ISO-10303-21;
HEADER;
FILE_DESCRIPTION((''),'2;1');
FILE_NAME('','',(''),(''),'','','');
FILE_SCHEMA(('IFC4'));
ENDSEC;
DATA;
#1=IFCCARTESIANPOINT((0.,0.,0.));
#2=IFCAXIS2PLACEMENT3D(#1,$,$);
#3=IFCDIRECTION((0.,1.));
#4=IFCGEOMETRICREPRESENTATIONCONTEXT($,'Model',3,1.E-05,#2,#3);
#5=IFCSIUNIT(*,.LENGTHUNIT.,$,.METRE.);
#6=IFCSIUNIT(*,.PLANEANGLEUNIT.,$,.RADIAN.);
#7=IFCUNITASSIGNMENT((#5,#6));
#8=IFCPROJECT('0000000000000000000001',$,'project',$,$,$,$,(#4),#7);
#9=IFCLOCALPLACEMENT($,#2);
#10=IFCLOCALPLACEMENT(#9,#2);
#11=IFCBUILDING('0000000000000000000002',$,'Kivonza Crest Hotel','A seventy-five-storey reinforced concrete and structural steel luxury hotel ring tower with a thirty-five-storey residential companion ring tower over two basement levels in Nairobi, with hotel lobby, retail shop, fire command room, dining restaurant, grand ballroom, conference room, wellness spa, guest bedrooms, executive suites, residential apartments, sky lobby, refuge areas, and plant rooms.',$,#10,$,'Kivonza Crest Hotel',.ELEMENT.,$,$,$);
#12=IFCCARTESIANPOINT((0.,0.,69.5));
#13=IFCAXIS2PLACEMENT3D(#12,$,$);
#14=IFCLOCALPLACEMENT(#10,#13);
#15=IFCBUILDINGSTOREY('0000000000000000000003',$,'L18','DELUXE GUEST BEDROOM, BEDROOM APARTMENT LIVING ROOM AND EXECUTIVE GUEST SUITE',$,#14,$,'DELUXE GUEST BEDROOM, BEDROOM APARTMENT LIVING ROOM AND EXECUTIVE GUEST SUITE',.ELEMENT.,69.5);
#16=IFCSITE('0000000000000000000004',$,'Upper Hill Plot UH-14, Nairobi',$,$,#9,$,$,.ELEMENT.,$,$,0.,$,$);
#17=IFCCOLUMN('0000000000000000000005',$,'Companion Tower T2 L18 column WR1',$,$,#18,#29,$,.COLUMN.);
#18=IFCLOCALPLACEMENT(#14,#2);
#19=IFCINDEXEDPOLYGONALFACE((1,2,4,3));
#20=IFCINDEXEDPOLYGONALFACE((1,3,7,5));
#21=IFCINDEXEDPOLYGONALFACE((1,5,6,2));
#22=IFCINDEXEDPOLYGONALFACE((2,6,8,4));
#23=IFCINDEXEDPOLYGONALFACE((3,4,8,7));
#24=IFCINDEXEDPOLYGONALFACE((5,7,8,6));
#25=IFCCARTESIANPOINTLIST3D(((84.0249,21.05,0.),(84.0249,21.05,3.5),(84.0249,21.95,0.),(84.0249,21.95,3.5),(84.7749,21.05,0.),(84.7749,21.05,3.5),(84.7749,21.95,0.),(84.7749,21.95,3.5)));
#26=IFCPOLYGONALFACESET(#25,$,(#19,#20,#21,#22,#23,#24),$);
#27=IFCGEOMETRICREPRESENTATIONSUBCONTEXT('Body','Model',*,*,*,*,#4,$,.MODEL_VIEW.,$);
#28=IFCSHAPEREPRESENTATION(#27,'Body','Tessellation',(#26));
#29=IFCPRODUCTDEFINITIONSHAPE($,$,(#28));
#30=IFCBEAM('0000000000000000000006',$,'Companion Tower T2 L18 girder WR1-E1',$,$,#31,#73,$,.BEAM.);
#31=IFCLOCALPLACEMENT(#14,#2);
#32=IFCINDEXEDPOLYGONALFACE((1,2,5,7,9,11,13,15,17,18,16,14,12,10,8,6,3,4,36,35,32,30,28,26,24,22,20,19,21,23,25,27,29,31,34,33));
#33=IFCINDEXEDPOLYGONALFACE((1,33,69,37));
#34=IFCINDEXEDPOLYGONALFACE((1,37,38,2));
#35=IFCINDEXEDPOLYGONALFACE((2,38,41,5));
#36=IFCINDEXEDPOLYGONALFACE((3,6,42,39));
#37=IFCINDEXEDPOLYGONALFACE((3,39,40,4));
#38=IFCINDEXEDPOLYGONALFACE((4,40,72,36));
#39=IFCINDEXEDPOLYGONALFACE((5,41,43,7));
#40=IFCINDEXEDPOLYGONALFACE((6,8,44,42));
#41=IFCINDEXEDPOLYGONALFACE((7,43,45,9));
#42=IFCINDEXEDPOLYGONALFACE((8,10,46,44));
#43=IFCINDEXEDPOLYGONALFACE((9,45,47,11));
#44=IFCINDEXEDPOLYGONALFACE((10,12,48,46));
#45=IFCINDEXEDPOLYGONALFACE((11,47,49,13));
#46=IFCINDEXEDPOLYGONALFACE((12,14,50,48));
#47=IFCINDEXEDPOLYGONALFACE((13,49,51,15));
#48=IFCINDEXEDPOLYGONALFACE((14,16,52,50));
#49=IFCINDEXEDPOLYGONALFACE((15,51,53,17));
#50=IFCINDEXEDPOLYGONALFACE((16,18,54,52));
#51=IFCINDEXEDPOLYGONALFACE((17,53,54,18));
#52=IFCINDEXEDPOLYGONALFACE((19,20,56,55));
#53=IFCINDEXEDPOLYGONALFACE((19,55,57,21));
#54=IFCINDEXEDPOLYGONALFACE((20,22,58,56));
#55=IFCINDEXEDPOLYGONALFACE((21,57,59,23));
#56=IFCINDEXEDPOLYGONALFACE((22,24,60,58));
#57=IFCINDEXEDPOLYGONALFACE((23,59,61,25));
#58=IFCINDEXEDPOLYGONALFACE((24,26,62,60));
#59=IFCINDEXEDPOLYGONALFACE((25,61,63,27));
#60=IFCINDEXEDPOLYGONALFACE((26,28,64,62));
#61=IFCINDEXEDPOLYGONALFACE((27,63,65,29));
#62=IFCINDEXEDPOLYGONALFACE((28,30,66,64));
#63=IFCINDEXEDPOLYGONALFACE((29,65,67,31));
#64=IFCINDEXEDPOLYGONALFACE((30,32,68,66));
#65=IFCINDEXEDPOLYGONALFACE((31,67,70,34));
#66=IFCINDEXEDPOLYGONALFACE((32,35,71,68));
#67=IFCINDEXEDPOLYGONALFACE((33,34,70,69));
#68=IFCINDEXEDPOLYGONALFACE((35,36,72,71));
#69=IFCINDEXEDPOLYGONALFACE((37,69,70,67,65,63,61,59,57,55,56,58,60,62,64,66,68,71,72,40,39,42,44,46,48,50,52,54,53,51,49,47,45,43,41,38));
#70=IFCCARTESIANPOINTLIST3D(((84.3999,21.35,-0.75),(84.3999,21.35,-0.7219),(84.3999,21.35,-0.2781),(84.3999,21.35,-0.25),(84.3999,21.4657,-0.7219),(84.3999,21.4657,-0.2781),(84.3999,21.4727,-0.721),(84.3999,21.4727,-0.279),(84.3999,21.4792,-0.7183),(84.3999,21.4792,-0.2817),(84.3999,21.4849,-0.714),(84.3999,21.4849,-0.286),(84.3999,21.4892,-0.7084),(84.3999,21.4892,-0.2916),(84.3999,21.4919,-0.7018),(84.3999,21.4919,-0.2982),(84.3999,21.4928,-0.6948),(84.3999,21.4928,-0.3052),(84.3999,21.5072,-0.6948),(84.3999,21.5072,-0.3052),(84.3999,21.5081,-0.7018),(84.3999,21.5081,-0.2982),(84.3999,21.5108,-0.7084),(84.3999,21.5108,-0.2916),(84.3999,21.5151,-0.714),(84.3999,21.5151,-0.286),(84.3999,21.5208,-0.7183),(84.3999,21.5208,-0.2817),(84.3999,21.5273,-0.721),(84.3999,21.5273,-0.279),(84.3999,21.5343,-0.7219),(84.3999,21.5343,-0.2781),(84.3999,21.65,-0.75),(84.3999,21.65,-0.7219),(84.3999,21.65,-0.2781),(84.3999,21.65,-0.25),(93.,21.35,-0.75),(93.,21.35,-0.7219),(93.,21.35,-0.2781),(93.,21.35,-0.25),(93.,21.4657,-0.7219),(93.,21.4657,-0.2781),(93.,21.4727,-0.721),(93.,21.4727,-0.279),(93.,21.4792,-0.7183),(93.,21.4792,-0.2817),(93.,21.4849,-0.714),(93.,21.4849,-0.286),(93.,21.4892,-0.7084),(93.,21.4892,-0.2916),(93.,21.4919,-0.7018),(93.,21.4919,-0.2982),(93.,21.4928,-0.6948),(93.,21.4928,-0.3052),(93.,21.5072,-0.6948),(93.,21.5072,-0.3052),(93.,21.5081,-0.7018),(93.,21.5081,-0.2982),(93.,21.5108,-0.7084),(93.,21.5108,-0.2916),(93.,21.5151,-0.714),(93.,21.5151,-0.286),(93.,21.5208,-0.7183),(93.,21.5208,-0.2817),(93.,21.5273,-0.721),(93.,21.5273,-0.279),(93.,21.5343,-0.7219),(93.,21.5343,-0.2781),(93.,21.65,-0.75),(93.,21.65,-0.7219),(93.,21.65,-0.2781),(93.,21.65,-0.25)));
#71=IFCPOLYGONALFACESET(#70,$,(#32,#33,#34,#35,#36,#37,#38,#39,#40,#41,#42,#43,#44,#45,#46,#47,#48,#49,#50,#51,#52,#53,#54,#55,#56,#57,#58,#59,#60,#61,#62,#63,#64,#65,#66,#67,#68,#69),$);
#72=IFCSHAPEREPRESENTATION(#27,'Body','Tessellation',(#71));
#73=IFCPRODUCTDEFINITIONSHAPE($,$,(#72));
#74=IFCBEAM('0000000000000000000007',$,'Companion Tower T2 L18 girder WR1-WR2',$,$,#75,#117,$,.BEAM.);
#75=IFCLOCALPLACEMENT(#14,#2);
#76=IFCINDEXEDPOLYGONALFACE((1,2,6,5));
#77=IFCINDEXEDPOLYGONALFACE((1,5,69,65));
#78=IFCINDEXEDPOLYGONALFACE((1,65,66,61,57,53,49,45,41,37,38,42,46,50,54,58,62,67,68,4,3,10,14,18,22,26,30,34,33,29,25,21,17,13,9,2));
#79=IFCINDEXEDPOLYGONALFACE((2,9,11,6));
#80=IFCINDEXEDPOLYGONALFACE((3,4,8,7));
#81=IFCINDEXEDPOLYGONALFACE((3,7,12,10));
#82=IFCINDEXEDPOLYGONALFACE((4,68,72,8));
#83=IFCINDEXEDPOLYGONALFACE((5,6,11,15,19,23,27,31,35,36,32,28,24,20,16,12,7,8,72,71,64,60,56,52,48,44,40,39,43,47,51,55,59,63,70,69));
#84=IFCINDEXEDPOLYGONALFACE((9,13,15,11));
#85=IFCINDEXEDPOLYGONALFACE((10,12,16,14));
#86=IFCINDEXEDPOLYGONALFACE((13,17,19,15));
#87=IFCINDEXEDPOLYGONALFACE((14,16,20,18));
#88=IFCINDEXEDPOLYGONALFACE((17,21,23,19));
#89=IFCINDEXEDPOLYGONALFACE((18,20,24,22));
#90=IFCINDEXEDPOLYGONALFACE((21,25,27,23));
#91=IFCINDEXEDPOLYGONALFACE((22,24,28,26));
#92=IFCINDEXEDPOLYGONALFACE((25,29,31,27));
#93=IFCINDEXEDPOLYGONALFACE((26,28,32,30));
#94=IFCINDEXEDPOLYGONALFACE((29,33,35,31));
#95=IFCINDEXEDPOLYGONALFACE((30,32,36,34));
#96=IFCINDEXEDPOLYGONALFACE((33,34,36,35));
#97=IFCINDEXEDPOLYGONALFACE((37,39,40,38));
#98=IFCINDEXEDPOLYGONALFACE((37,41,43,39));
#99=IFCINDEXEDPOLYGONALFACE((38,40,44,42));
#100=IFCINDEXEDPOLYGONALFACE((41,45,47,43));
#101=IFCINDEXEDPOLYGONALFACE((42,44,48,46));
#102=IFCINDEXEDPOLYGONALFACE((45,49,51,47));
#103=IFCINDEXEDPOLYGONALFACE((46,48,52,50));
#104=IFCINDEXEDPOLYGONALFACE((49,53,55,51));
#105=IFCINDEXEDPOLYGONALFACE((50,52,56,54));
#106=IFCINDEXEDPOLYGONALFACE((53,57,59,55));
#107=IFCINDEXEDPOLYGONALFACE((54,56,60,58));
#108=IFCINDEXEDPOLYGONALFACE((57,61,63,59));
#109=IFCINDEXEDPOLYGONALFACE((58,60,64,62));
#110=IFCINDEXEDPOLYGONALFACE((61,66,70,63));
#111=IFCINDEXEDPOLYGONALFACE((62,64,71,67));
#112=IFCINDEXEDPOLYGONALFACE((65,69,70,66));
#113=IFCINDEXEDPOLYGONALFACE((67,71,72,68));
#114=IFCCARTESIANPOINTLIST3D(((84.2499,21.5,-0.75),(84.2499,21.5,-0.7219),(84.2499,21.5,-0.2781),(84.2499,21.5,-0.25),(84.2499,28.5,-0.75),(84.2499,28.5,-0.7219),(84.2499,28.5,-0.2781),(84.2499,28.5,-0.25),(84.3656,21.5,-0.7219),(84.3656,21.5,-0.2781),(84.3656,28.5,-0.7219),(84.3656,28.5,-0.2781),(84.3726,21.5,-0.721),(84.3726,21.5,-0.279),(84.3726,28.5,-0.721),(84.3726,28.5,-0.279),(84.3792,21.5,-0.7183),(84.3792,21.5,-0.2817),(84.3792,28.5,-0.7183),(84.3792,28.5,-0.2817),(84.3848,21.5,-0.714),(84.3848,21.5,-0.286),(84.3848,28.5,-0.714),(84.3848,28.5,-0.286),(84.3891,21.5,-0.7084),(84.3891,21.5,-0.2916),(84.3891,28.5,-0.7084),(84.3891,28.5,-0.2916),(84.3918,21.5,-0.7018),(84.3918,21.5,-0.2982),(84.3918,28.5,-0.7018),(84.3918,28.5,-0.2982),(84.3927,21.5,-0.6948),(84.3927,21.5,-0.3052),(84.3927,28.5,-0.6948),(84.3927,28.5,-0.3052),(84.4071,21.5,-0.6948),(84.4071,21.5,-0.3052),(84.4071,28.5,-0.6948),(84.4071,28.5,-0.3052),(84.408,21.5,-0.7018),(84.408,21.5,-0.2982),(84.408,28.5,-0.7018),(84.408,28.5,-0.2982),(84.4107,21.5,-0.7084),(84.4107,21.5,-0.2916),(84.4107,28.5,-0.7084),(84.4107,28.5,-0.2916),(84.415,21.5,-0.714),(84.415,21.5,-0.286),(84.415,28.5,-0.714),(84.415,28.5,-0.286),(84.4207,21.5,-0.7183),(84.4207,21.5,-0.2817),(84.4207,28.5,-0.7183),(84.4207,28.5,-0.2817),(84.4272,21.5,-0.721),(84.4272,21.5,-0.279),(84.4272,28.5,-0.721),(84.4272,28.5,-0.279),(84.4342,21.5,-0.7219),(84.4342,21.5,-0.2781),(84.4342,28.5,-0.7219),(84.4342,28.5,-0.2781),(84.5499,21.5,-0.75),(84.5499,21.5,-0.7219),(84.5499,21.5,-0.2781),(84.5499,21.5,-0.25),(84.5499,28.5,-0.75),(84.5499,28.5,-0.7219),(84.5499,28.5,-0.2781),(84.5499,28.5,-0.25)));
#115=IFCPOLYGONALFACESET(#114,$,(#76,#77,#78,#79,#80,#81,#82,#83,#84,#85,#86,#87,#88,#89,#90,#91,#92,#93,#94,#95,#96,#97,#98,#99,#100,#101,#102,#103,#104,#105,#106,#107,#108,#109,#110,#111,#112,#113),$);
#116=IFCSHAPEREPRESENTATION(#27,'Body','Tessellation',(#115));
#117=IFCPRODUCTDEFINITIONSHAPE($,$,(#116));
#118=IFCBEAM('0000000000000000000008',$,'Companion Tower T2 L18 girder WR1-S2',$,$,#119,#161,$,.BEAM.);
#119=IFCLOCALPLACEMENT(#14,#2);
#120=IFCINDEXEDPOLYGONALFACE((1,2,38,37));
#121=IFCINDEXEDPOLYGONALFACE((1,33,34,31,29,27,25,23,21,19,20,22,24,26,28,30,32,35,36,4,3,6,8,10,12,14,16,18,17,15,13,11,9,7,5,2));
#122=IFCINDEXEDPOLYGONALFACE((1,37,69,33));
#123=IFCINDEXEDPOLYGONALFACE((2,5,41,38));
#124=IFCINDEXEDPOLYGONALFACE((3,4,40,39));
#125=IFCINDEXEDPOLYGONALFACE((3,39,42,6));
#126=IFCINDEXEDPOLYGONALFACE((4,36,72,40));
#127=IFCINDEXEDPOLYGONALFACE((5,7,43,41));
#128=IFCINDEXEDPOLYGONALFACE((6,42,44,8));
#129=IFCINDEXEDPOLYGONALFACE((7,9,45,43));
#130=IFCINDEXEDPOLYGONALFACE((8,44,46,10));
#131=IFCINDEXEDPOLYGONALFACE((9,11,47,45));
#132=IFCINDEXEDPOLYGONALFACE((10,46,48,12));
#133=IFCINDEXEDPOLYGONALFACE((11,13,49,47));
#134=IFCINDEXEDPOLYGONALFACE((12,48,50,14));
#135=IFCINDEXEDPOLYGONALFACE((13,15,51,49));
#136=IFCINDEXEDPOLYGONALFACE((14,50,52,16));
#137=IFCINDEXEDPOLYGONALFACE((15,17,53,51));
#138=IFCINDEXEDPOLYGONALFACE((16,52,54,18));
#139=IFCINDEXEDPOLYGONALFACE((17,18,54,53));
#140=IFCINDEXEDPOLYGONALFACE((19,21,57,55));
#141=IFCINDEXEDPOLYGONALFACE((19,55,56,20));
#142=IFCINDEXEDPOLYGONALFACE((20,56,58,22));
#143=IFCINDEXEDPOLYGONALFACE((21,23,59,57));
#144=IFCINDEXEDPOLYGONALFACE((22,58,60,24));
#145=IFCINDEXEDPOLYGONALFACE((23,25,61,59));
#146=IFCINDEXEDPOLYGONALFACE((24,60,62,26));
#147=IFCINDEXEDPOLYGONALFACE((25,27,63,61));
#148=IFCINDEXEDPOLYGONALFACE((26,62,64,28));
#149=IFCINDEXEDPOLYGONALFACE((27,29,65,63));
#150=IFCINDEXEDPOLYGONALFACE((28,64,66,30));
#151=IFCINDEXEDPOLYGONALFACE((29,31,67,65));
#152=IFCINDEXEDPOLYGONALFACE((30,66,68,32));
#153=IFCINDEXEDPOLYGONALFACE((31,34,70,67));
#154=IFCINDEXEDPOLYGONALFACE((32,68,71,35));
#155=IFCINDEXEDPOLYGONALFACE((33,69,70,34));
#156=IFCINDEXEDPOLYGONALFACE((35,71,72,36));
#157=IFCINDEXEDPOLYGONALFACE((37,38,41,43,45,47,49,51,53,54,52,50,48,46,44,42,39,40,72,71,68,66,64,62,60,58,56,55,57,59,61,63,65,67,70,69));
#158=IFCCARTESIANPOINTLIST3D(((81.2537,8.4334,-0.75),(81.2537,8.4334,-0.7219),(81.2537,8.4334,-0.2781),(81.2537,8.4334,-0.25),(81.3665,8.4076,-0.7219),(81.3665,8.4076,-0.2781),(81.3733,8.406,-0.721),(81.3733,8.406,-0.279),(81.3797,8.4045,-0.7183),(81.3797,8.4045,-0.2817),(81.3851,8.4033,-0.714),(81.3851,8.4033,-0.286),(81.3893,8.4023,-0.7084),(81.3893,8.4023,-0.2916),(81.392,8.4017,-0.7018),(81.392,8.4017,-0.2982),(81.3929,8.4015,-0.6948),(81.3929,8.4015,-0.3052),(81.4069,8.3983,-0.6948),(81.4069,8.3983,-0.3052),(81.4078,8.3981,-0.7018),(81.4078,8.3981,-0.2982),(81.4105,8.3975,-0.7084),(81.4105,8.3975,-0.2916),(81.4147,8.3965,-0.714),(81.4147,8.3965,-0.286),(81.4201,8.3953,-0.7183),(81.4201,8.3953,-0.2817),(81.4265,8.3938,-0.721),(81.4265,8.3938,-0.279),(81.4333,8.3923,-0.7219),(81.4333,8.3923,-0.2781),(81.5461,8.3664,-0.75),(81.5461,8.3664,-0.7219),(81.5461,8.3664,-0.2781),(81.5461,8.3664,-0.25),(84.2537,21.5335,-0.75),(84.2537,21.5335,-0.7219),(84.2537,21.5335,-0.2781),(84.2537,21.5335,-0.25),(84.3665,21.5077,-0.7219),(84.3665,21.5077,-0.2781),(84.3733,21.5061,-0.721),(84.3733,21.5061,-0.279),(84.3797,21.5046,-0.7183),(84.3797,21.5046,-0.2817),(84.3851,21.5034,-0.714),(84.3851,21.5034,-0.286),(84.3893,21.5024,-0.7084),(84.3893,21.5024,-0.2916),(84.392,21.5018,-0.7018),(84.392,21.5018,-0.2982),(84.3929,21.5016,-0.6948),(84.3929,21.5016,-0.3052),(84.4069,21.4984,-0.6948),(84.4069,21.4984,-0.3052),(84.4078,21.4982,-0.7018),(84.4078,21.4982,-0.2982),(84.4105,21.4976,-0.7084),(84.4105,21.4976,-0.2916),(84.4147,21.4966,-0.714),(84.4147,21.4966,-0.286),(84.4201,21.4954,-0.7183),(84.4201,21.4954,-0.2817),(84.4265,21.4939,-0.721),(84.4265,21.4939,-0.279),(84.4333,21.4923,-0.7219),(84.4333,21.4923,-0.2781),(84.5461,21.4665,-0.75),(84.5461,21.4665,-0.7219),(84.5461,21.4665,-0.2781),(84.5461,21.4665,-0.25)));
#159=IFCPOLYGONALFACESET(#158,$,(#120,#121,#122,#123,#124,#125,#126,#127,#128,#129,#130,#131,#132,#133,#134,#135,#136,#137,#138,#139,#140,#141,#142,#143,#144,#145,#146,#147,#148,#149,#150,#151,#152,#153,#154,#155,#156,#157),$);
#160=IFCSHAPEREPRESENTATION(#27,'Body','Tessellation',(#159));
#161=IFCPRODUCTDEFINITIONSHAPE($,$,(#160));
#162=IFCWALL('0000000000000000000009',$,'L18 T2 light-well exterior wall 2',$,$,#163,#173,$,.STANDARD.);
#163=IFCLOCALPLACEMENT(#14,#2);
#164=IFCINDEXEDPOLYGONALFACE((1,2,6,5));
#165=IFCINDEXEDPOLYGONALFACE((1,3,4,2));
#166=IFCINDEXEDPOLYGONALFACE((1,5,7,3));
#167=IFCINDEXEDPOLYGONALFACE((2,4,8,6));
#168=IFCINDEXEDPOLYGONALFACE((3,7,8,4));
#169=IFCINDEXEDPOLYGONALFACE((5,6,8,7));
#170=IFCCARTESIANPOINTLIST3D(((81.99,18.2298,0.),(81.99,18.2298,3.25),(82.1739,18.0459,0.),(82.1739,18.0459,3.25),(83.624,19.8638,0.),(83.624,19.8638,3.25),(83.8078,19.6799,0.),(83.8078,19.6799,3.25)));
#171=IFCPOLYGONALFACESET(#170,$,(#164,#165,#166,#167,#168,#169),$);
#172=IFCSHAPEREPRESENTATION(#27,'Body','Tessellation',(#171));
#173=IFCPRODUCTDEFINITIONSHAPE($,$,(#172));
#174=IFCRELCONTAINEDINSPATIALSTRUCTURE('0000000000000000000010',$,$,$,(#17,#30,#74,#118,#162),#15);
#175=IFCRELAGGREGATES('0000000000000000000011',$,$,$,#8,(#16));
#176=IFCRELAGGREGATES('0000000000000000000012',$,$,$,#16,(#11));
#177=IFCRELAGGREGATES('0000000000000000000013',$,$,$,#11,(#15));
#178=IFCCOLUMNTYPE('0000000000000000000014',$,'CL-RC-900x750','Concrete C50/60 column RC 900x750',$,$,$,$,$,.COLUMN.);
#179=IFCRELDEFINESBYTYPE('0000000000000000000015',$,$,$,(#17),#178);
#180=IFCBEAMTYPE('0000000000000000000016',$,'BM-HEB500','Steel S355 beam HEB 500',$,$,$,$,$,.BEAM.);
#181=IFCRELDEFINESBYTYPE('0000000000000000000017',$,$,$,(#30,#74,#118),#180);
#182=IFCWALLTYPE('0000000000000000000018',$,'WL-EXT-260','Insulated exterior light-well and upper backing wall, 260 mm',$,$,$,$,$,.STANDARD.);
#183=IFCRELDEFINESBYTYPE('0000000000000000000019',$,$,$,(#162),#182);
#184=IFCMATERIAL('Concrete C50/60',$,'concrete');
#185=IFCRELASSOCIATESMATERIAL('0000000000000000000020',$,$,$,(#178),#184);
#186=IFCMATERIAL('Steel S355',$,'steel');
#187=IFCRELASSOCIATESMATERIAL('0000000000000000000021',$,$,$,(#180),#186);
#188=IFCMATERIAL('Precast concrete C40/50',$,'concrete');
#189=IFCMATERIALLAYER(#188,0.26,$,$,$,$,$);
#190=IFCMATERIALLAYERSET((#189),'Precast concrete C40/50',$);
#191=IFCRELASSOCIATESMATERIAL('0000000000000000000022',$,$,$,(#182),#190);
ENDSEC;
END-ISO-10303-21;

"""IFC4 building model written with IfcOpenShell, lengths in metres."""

from ifc_helpers import new_model, si_unit, direction, frame, frame_2d, origin, origin_2d, place, context, subcontext, project, spatial, rectangle, i_section, extrude, material, layer, layer_set, material_profile, profile_set, type_object, element, save


model = new_model("IFC4")

# Units and contexts
model_context = context("Model", 3, precision=1e-05, world=origin(), true_north=direction((0.0, 1.0)))
body_context = subcontext(model_context, "Body", "Model", "MODEL_VIEW")
ifc_project = project(units=[si_unit("LENGTHUNIT", "METRE"), si_unit("PLANEANGLEUNIT", "RADIAN")], contexts=[model_context])

# Site, building, storey
site_placement = place(None, origin())
site = spatial("IfcSite", under=ifc_project, at=site_placement, Name="Upper Hill Plot UH-14, Nairobi", CompositionType="ELEMENT", RefElevation=0.0)
building_placement = place(site_placement, origin())
building = spatial("IfcBuilding", under=site, at=building_placement, Name="Kivonza Crest Hotel", Description="A seventy-five-storey reinforced concrete and structural steel luxury hotel ring tower with a thirty-five-storey residential companion ring tower over two basement levels in Nairobi, with hotel lobby, retail shop, fire command room, dining restaurant, grand ballroom, conference room, wellness spa, guest bedrooms, executive suites, residential apartments, sky lobby, refuge areas, and plant rooms.", LongName="Kivonza Crest Hotel", CompositionType="ELEMENT")
storey_placement = place(building_placement, frame((0.0, 0.0, 69.5)))
storey = spatial("IfcBuildingStorey", under=building, at=storey_placement, Name="L18", Description="DELUXE GUEST BEDROOM, BEDROOM APARTMENT LIVING ROOM AND EXECUTIVE GUEST SUITE", LongName="DELUXE GUEST BEDROOM, BEDROOM APARTMENT LIVING ROOM AND EXECUTIVE GUEST SUITE", CompositionType="ELEMENT", Elevation=69.5)

# Column
ifc_material_1 = material(Name="Concrete C50/60", Category="concrete")
ifc_material_profile_1 = material_profile(ifc_material_1, rectangle(XDim=0.75, YDim=0.8999, at=origin_2d()), Name="RC 900x750")
ifc_profile_set_1 = profile_set([ifc_material_profile_1], Name="Concrete C50/60")
column_type = type_object("IfcColumnType", Name="CL-RC-900x750", Description="Concrete C50/60 column RC 900x750", PredefinedType="COLUMN", material=ifc_profile_set_1)
column_placement = place(storey_placement, frame((84.3999, 21.5, 0.0), z_axis=(0.0, 0.0, 1.0), x_axis=(1.0, 0.0, 0.0)))
element("IfcColumn", 1, at=column_placement, inside=storey, type_object=column_type, Name="Companion Tower T2 L18 column WR1", PredefinedType="COLUMN", context=body_context, shape_type="SweptSolid", body=[
    extrude(rectangle(XDim=0.75, YDim=0.8999, at=origin_2d()), origin(), (0.0, 0.0, 1.0), 3.5),
])

# Beams
ifc_material_2 = material(Name="Steel S355", Category="steel")
ifc_material_profile_2 = material_profile(ifc_material_2, i_section(OverallWidth=0.3, OverallDepth=0.5, WebThickness=0.0144, FlangeThickness=0.0281, FilletRadius=0.0271, at=origin_2d()), Name="HEB 500")
ifc_profile_set_2 = profile_set([ifc_material_profile_2], Name="Steel S355")
beam_type = type_object("IfcBeamType", Name="BM-HEB500", Description="Steel S355 beam HEB 500", PredefinedType="BEAM", material=ifc_profile_set_2)
beam_1_placement = place(storey_placement, frame((84.3999, 21.5, -0.5), z_axis=(1.0, 0.0, 0.0), x_axis=(0.0, 1.0, 0.0)))
element("IfcBeam", 2, at=beam_1_placement, inside=storey, type_object=beam_type, Name="Companion Tower T2 L18 girder WR1-E1", PredefinedType="BEAM", context=body_context, shape_type="SweptSolid", body=[
    extrude(i_section(OverallWidth=0.3, OverallDepth=0.5, WebThickness=0.0144, FlangeThickness=0.0281, FilletRadius=0.0271, at=origin_2d()), origin(), (0.0, 0.0, 1.0), 8.6001),
])
beam_2_placement = place(storey_placement, frame((84.3999, 21.5, -0.5), z_axis=(0.0, 1.0, 0.0), x_axis=(-1.0, 0.0, 0.0)))
element("IfcBeam", 3, at=beam_2_placement, inside=storey, type_object=beam_type, Name="Companion Tower T2 L18 girder WR1-WR2", PredefinedType="BEAM", context=body_context, shape_type="SweptSolid", body=[
    extrude(i_section(OverallWidth=0.3, OverallDepth=0.5, WebThickness=0.0144, FlangeThickness=0.0281, FilletRadius=0.0271, at=origin_2d()), origin(), (0.0, 0.0, 1.0), 7.0),
])
beam_3_placement = place(storey_placement, frame((84.3999, 21.5, -0.5), z_axis=(-0.223227, -0.974766, 0.0), x_axis=(0.974766, -0.223227, 0.0)))
element("IfcBeam", 4, at=beam_3_placement, inside=storey, type_object=beam_type, Name="Companion Tower T2 L18 girder WR1-S2", PredefinedType="BEAM", context=body_context, shape_type="SweptSolid", body=[
    extrude(i_section(OverallWidth=0.3, OverallDepth=0.5, WebThickness=0.0144, FlangeThickness=0.0281, FilletRadius=0.0271, at=origin_2d()), origin(), (0.0, 0.0, 1.0), 13.4392),
])

# Wall
ifc_material_3 = material(Name="Precast concrete C40/50", Category="concrete")
ifc_layer_1 = layer(ifc_material_3, 0.26)
ifc_layer_set_1 = layer_set([ifc_layer_1], Name="Precast concrete C40/50")
wall_type_1 = type_object("IfcWallType", Name="WL-EXT-260", Description="Insulated exterior light-well and upper backing wall, 260 mm", PredefinedType="STANDARD", material=ifc_layer_set_1)
wall_1_placement = place(storey_placement, frame((82.082, 18.1379, 0.0), z_axis=(0.0, 0.0, 1.0), x_axis=(0.707107, 0.707107, 0.0)))
element("IfcWall", 5, at=wall_1_placement, inside=storey, type_object=wall_type_1, Name="L18 T2 light-well exterior wall 2", PredefinedType="STANDARD", context=body_context, shape_type="SweptSolid", body=[
    extrude(rectangle(XDim=2.3108, YDim=0.26, at=frame_2d((1.1553, 0.0))), origin(), (0.0, 0.0, 1.0), 3.25),
])

save(model, "model.ifc")
